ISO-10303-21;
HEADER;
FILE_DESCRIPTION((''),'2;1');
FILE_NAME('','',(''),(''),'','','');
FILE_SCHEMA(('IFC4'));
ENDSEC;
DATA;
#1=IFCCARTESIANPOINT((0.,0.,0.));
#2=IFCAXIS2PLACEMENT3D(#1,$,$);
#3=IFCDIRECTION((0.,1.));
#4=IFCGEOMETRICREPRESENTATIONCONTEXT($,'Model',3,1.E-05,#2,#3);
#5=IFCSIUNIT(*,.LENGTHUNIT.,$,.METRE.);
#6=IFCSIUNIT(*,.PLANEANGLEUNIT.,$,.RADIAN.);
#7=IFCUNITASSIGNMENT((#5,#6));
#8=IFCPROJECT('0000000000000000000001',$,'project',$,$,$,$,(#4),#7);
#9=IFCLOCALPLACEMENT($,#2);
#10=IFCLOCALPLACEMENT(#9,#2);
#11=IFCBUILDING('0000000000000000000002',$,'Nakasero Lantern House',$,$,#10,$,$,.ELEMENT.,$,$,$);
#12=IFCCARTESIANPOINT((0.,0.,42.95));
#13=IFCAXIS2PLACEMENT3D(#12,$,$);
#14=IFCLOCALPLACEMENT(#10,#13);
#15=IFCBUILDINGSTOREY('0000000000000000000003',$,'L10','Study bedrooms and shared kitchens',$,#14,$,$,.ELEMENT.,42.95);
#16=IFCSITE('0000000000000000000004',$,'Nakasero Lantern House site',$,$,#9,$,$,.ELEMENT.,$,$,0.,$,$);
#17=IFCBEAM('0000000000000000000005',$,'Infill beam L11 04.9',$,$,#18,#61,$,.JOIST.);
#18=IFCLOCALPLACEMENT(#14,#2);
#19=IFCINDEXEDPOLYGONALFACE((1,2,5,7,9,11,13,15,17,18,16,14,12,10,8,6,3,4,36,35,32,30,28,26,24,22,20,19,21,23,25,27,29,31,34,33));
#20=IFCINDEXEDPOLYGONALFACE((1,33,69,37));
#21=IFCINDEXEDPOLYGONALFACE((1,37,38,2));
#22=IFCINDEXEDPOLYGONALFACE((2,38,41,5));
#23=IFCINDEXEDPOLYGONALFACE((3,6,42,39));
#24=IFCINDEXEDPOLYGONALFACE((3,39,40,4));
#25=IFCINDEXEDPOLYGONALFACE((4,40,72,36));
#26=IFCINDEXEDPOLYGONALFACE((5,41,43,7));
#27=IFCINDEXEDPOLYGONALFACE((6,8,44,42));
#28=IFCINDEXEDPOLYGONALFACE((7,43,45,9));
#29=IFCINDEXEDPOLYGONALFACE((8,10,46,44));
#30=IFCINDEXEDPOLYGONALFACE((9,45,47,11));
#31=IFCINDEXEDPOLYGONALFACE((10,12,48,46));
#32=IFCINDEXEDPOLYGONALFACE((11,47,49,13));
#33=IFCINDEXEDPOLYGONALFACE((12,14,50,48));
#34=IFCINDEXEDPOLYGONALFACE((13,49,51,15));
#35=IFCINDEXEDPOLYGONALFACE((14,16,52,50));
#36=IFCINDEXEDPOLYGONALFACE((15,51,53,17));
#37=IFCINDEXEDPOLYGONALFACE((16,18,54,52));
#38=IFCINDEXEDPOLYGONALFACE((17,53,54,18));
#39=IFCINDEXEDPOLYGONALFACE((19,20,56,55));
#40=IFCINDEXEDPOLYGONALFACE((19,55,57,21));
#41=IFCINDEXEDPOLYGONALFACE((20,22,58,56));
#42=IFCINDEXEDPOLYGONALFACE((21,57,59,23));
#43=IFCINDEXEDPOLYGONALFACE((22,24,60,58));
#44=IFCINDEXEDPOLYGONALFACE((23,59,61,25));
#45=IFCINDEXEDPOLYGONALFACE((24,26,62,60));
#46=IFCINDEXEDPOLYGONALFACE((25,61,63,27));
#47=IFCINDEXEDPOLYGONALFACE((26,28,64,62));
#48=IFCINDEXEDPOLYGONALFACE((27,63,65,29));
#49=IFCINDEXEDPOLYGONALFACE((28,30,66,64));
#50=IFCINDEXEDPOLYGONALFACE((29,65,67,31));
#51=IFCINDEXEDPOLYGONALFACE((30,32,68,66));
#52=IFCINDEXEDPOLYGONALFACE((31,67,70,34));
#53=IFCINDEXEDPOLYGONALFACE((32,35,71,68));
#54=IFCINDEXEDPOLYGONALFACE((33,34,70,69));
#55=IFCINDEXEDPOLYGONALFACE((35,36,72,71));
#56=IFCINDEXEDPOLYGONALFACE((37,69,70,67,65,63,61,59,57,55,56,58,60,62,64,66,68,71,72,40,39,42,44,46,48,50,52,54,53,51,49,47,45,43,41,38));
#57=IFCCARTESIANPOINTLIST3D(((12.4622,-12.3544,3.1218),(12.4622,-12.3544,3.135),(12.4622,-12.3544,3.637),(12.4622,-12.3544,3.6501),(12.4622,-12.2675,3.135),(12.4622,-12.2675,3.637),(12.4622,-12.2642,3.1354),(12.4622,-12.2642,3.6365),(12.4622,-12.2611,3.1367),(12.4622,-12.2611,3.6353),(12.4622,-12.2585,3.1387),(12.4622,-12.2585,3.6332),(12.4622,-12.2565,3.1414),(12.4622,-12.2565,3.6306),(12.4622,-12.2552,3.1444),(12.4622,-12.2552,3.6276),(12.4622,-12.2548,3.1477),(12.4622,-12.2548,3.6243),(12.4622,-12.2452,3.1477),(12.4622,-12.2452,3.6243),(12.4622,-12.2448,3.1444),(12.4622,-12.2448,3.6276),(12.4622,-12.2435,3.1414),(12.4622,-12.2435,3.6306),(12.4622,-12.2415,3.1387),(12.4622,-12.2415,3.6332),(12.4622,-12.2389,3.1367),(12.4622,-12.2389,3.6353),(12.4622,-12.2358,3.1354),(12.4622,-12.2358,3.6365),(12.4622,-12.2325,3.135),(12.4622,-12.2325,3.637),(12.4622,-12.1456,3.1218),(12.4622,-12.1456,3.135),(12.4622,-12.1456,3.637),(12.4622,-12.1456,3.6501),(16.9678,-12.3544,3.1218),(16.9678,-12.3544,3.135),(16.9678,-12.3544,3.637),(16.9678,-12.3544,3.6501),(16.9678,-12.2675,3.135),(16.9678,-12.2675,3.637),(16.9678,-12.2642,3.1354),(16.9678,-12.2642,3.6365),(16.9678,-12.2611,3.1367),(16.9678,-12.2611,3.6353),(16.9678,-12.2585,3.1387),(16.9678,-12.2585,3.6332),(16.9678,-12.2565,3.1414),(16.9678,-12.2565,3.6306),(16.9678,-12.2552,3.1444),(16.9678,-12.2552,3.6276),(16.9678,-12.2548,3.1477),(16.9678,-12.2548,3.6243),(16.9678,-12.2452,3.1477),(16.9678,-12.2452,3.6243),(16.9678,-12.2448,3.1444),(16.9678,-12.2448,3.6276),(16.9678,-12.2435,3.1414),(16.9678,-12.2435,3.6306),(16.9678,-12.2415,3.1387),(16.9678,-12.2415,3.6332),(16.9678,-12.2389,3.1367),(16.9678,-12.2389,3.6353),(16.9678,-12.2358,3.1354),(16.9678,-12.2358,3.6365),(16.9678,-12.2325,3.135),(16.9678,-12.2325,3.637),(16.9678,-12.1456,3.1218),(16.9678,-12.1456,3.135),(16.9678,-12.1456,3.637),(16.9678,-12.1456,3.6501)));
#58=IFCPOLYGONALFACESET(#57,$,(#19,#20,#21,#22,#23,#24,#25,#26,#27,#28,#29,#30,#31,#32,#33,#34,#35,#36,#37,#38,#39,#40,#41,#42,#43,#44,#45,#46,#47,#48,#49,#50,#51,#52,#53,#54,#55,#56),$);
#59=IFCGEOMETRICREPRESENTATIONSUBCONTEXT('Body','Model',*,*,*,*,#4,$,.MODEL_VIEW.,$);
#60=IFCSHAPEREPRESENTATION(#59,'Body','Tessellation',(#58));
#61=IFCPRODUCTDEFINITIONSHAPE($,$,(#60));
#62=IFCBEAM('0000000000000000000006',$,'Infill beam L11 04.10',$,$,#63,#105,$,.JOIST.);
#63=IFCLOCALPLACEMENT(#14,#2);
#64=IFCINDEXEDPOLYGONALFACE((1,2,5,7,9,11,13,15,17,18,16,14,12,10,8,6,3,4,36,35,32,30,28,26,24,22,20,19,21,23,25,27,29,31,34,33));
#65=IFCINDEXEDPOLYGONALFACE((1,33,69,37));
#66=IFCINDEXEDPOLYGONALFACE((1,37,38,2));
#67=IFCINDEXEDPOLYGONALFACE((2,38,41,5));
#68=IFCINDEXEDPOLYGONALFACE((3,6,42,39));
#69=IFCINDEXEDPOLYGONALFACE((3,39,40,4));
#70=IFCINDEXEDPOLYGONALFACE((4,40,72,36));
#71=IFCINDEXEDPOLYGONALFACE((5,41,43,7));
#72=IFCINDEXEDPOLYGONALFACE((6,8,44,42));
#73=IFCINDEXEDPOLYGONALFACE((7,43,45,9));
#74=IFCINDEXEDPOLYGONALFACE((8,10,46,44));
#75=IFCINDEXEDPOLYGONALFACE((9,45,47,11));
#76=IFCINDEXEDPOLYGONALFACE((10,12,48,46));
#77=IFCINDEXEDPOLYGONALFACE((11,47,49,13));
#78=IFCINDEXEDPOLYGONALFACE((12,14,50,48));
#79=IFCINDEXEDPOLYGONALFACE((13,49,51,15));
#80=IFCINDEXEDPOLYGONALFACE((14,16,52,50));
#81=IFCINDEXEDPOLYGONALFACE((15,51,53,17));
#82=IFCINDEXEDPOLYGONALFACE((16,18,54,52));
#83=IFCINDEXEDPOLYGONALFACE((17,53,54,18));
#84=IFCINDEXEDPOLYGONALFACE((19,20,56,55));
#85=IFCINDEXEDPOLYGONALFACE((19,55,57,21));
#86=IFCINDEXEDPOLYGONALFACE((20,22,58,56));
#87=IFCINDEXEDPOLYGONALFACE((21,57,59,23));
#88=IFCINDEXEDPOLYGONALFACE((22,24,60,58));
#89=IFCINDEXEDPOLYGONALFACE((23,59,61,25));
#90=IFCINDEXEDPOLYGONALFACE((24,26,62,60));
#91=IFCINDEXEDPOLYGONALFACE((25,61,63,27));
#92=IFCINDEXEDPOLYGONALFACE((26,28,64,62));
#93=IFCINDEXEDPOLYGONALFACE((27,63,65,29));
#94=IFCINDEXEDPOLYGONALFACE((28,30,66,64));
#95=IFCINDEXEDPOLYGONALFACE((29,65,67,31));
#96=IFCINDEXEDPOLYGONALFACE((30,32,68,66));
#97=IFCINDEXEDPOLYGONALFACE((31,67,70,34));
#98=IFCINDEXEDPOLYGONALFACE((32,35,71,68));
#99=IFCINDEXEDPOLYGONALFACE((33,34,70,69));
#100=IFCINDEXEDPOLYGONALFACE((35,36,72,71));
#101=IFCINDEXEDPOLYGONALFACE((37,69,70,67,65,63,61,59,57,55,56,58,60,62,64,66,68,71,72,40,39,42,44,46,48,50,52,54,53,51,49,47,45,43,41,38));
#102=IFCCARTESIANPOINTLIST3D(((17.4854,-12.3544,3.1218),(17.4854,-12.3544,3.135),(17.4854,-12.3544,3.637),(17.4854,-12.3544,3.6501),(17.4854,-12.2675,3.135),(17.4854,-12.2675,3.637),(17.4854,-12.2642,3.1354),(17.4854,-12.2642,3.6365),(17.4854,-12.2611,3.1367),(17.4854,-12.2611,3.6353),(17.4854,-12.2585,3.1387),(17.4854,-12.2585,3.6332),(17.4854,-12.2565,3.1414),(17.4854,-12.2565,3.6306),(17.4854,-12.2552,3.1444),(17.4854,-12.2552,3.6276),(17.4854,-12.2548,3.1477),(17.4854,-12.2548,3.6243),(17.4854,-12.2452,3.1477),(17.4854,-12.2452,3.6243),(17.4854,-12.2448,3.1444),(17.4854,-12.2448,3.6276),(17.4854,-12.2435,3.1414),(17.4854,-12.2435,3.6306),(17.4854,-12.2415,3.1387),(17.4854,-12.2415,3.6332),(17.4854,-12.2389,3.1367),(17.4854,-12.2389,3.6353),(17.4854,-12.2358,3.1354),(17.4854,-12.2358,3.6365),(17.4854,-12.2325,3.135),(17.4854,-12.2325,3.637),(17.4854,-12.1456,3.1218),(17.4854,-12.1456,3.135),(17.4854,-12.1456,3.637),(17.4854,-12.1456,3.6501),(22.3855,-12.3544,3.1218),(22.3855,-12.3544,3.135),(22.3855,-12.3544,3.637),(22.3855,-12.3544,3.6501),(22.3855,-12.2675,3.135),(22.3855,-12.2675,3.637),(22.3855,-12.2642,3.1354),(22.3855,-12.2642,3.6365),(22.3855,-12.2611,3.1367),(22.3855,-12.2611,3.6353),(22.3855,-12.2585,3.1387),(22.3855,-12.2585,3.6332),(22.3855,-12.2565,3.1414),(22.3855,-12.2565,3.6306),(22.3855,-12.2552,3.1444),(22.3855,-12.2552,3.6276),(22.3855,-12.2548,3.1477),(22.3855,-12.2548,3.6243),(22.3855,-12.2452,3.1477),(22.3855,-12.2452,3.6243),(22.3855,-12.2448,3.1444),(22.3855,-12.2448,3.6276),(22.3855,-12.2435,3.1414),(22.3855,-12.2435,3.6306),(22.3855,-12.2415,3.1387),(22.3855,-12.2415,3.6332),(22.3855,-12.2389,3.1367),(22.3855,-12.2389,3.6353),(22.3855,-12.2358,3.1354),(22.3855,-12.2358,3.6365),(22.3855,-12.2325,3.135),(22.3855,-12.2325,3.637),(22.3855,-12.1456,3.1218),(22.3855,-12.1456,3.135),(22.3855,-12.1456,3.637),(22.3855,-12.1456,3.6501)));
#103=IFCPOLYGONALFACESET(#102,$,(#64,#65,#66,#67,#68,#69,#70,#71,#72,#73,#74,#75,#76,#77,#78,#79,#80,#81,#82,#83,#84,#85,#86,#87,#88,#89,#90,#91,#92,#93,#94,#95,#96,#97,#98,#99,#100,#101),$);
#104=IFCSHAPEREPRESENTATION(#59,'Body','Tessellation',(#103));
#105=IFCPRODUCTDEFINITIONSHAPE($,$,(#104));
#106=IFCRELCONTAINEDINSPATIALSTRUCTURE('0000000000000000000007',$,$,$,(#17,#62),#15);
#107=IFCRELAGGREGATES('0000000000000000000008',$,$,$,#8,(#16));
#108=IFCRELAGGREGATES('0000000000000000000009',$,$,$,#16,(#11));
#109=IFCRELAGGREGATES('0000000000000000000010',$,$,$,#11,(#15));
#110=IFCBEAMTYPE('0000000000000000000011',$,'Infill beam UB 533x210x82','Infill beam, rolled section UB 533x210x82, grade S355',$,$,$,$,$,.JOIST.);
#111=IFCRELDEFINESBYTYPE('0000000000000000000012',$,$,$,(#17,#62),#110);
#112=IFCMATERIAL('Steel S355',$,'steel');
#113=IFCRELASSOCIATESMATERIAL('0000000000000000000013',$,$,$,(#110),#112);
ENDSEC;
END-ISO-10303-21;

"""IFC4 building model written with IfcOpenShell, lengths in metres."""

from ifc_helpers import new_model, si_unit, direction, frame, origin, origin_2d, place, context, subcontext, project, spatial, i_section, extrude, material, material_profile, profile_set, type_object, element, save


model = new_model("IFC4")

# Units and contexts
model_context = context("Model", 3, precision=1e-05, world=origin(), true_north=direction((0.0, 1.0)))
body_context = subcontext(model_context, "Body", "Model", "MODEL_VIEW")
ifc_project = project(units=[si_unit("LENGTHUNIT", "METRE"), si_unit("PLANEANGLEUNIT", "RADIAN")], contexts=[model_context])

# Site, building, storey
site_placement = place(None, origin())
site = spatial("IfcSite", under=ifc_project, at=site_placement, Name="Nakasero Lantern House site", CompositionType="ELEMENT", RefElevation=0.0)
building_placement = place(site_placement, origin())
building = spatial("IfcBuilding", under=site, at=building_placement, Name="Nakasero Lantern House", CompositionType="ELEMENT")
storey_placement = place(building_placement, frame((0.0, 0.0, 42.95)))
storey = spatial("IfcBuildingStorey", under=building, at=storey_placement, Name="L10", Description="Study bedrooms and shared kitchens", CompositionType="ELEMENT", Elevation=42.95)

# Beams
ifc_material_1 = material(Name="Steel S355", Category="steel")
ifc_material_profile = material_profile(ifc_material_1, i_section(OverallWidth=0.2087, OverallDepth=0.5283, WebThickness=0.0095, FlangeThickness=0.0132, FilletRadius=0.0127, at=origin_2d()), Name="UB 533x210x82")
ifc_profile_set = profile_set([ifc_material_profile], Name="Steel S355")
beam_type = type_object("IfcBeamType", Name="Infill beam UB 533x210x82", Description="Infill beam, rolled section UB 533x210x82, grade S355", PredefinedType="JOIST", material=ifc_profile_set)
beam_1_placement = place(storey_placement, frame((12.4622, -12.25, 3.386), z_axis=(1.0, 0.0, 0.0), x_axis=(0.0, 1.0, 0.0)))
element("IfcBeam", 1, at=beam_1_placement, inside=storey, type_object=beam_type, Name="Infill beam L11 04.9", PredefinedType="JOIST", context=body_context, shape_type="SweptSolid", body=[
    extrude(i_section(OverallWidth=0.2087, OverallDepth=0.5283, WebThickness=0.0095, FlangeThickness=0.0132, FilletRadius=0.0127, at=origin_2d()), origin(), (0.0, 0.0, 1.0), 4.5056),
])
beam_2_placement = place(storey_placement, frame((17.4854, -12.25, 3.386), z_axis=(1.0, 0.0, 0.0), x_axis=(0.0, 1.0, 0.0)))
element("IfcBeam", 2, at=beam_2_placement, inside=storey, type_object=beam_type, Name="Infill beam L11 04.10", PredefinedType="JOIST", context=body_context, shape_type="SweptSolid", body=[
    extrude(i_section(OverallWidth=0.2087, OverallDepth=0.5283, WebThickness=0.0095, FlangeThickness=0.0132, FilletRadius=0.0127, at=origin_2d()), origin(), (0.0, 0.0, 1.0), 4.9001),
])

save(model, "model.ifc")
